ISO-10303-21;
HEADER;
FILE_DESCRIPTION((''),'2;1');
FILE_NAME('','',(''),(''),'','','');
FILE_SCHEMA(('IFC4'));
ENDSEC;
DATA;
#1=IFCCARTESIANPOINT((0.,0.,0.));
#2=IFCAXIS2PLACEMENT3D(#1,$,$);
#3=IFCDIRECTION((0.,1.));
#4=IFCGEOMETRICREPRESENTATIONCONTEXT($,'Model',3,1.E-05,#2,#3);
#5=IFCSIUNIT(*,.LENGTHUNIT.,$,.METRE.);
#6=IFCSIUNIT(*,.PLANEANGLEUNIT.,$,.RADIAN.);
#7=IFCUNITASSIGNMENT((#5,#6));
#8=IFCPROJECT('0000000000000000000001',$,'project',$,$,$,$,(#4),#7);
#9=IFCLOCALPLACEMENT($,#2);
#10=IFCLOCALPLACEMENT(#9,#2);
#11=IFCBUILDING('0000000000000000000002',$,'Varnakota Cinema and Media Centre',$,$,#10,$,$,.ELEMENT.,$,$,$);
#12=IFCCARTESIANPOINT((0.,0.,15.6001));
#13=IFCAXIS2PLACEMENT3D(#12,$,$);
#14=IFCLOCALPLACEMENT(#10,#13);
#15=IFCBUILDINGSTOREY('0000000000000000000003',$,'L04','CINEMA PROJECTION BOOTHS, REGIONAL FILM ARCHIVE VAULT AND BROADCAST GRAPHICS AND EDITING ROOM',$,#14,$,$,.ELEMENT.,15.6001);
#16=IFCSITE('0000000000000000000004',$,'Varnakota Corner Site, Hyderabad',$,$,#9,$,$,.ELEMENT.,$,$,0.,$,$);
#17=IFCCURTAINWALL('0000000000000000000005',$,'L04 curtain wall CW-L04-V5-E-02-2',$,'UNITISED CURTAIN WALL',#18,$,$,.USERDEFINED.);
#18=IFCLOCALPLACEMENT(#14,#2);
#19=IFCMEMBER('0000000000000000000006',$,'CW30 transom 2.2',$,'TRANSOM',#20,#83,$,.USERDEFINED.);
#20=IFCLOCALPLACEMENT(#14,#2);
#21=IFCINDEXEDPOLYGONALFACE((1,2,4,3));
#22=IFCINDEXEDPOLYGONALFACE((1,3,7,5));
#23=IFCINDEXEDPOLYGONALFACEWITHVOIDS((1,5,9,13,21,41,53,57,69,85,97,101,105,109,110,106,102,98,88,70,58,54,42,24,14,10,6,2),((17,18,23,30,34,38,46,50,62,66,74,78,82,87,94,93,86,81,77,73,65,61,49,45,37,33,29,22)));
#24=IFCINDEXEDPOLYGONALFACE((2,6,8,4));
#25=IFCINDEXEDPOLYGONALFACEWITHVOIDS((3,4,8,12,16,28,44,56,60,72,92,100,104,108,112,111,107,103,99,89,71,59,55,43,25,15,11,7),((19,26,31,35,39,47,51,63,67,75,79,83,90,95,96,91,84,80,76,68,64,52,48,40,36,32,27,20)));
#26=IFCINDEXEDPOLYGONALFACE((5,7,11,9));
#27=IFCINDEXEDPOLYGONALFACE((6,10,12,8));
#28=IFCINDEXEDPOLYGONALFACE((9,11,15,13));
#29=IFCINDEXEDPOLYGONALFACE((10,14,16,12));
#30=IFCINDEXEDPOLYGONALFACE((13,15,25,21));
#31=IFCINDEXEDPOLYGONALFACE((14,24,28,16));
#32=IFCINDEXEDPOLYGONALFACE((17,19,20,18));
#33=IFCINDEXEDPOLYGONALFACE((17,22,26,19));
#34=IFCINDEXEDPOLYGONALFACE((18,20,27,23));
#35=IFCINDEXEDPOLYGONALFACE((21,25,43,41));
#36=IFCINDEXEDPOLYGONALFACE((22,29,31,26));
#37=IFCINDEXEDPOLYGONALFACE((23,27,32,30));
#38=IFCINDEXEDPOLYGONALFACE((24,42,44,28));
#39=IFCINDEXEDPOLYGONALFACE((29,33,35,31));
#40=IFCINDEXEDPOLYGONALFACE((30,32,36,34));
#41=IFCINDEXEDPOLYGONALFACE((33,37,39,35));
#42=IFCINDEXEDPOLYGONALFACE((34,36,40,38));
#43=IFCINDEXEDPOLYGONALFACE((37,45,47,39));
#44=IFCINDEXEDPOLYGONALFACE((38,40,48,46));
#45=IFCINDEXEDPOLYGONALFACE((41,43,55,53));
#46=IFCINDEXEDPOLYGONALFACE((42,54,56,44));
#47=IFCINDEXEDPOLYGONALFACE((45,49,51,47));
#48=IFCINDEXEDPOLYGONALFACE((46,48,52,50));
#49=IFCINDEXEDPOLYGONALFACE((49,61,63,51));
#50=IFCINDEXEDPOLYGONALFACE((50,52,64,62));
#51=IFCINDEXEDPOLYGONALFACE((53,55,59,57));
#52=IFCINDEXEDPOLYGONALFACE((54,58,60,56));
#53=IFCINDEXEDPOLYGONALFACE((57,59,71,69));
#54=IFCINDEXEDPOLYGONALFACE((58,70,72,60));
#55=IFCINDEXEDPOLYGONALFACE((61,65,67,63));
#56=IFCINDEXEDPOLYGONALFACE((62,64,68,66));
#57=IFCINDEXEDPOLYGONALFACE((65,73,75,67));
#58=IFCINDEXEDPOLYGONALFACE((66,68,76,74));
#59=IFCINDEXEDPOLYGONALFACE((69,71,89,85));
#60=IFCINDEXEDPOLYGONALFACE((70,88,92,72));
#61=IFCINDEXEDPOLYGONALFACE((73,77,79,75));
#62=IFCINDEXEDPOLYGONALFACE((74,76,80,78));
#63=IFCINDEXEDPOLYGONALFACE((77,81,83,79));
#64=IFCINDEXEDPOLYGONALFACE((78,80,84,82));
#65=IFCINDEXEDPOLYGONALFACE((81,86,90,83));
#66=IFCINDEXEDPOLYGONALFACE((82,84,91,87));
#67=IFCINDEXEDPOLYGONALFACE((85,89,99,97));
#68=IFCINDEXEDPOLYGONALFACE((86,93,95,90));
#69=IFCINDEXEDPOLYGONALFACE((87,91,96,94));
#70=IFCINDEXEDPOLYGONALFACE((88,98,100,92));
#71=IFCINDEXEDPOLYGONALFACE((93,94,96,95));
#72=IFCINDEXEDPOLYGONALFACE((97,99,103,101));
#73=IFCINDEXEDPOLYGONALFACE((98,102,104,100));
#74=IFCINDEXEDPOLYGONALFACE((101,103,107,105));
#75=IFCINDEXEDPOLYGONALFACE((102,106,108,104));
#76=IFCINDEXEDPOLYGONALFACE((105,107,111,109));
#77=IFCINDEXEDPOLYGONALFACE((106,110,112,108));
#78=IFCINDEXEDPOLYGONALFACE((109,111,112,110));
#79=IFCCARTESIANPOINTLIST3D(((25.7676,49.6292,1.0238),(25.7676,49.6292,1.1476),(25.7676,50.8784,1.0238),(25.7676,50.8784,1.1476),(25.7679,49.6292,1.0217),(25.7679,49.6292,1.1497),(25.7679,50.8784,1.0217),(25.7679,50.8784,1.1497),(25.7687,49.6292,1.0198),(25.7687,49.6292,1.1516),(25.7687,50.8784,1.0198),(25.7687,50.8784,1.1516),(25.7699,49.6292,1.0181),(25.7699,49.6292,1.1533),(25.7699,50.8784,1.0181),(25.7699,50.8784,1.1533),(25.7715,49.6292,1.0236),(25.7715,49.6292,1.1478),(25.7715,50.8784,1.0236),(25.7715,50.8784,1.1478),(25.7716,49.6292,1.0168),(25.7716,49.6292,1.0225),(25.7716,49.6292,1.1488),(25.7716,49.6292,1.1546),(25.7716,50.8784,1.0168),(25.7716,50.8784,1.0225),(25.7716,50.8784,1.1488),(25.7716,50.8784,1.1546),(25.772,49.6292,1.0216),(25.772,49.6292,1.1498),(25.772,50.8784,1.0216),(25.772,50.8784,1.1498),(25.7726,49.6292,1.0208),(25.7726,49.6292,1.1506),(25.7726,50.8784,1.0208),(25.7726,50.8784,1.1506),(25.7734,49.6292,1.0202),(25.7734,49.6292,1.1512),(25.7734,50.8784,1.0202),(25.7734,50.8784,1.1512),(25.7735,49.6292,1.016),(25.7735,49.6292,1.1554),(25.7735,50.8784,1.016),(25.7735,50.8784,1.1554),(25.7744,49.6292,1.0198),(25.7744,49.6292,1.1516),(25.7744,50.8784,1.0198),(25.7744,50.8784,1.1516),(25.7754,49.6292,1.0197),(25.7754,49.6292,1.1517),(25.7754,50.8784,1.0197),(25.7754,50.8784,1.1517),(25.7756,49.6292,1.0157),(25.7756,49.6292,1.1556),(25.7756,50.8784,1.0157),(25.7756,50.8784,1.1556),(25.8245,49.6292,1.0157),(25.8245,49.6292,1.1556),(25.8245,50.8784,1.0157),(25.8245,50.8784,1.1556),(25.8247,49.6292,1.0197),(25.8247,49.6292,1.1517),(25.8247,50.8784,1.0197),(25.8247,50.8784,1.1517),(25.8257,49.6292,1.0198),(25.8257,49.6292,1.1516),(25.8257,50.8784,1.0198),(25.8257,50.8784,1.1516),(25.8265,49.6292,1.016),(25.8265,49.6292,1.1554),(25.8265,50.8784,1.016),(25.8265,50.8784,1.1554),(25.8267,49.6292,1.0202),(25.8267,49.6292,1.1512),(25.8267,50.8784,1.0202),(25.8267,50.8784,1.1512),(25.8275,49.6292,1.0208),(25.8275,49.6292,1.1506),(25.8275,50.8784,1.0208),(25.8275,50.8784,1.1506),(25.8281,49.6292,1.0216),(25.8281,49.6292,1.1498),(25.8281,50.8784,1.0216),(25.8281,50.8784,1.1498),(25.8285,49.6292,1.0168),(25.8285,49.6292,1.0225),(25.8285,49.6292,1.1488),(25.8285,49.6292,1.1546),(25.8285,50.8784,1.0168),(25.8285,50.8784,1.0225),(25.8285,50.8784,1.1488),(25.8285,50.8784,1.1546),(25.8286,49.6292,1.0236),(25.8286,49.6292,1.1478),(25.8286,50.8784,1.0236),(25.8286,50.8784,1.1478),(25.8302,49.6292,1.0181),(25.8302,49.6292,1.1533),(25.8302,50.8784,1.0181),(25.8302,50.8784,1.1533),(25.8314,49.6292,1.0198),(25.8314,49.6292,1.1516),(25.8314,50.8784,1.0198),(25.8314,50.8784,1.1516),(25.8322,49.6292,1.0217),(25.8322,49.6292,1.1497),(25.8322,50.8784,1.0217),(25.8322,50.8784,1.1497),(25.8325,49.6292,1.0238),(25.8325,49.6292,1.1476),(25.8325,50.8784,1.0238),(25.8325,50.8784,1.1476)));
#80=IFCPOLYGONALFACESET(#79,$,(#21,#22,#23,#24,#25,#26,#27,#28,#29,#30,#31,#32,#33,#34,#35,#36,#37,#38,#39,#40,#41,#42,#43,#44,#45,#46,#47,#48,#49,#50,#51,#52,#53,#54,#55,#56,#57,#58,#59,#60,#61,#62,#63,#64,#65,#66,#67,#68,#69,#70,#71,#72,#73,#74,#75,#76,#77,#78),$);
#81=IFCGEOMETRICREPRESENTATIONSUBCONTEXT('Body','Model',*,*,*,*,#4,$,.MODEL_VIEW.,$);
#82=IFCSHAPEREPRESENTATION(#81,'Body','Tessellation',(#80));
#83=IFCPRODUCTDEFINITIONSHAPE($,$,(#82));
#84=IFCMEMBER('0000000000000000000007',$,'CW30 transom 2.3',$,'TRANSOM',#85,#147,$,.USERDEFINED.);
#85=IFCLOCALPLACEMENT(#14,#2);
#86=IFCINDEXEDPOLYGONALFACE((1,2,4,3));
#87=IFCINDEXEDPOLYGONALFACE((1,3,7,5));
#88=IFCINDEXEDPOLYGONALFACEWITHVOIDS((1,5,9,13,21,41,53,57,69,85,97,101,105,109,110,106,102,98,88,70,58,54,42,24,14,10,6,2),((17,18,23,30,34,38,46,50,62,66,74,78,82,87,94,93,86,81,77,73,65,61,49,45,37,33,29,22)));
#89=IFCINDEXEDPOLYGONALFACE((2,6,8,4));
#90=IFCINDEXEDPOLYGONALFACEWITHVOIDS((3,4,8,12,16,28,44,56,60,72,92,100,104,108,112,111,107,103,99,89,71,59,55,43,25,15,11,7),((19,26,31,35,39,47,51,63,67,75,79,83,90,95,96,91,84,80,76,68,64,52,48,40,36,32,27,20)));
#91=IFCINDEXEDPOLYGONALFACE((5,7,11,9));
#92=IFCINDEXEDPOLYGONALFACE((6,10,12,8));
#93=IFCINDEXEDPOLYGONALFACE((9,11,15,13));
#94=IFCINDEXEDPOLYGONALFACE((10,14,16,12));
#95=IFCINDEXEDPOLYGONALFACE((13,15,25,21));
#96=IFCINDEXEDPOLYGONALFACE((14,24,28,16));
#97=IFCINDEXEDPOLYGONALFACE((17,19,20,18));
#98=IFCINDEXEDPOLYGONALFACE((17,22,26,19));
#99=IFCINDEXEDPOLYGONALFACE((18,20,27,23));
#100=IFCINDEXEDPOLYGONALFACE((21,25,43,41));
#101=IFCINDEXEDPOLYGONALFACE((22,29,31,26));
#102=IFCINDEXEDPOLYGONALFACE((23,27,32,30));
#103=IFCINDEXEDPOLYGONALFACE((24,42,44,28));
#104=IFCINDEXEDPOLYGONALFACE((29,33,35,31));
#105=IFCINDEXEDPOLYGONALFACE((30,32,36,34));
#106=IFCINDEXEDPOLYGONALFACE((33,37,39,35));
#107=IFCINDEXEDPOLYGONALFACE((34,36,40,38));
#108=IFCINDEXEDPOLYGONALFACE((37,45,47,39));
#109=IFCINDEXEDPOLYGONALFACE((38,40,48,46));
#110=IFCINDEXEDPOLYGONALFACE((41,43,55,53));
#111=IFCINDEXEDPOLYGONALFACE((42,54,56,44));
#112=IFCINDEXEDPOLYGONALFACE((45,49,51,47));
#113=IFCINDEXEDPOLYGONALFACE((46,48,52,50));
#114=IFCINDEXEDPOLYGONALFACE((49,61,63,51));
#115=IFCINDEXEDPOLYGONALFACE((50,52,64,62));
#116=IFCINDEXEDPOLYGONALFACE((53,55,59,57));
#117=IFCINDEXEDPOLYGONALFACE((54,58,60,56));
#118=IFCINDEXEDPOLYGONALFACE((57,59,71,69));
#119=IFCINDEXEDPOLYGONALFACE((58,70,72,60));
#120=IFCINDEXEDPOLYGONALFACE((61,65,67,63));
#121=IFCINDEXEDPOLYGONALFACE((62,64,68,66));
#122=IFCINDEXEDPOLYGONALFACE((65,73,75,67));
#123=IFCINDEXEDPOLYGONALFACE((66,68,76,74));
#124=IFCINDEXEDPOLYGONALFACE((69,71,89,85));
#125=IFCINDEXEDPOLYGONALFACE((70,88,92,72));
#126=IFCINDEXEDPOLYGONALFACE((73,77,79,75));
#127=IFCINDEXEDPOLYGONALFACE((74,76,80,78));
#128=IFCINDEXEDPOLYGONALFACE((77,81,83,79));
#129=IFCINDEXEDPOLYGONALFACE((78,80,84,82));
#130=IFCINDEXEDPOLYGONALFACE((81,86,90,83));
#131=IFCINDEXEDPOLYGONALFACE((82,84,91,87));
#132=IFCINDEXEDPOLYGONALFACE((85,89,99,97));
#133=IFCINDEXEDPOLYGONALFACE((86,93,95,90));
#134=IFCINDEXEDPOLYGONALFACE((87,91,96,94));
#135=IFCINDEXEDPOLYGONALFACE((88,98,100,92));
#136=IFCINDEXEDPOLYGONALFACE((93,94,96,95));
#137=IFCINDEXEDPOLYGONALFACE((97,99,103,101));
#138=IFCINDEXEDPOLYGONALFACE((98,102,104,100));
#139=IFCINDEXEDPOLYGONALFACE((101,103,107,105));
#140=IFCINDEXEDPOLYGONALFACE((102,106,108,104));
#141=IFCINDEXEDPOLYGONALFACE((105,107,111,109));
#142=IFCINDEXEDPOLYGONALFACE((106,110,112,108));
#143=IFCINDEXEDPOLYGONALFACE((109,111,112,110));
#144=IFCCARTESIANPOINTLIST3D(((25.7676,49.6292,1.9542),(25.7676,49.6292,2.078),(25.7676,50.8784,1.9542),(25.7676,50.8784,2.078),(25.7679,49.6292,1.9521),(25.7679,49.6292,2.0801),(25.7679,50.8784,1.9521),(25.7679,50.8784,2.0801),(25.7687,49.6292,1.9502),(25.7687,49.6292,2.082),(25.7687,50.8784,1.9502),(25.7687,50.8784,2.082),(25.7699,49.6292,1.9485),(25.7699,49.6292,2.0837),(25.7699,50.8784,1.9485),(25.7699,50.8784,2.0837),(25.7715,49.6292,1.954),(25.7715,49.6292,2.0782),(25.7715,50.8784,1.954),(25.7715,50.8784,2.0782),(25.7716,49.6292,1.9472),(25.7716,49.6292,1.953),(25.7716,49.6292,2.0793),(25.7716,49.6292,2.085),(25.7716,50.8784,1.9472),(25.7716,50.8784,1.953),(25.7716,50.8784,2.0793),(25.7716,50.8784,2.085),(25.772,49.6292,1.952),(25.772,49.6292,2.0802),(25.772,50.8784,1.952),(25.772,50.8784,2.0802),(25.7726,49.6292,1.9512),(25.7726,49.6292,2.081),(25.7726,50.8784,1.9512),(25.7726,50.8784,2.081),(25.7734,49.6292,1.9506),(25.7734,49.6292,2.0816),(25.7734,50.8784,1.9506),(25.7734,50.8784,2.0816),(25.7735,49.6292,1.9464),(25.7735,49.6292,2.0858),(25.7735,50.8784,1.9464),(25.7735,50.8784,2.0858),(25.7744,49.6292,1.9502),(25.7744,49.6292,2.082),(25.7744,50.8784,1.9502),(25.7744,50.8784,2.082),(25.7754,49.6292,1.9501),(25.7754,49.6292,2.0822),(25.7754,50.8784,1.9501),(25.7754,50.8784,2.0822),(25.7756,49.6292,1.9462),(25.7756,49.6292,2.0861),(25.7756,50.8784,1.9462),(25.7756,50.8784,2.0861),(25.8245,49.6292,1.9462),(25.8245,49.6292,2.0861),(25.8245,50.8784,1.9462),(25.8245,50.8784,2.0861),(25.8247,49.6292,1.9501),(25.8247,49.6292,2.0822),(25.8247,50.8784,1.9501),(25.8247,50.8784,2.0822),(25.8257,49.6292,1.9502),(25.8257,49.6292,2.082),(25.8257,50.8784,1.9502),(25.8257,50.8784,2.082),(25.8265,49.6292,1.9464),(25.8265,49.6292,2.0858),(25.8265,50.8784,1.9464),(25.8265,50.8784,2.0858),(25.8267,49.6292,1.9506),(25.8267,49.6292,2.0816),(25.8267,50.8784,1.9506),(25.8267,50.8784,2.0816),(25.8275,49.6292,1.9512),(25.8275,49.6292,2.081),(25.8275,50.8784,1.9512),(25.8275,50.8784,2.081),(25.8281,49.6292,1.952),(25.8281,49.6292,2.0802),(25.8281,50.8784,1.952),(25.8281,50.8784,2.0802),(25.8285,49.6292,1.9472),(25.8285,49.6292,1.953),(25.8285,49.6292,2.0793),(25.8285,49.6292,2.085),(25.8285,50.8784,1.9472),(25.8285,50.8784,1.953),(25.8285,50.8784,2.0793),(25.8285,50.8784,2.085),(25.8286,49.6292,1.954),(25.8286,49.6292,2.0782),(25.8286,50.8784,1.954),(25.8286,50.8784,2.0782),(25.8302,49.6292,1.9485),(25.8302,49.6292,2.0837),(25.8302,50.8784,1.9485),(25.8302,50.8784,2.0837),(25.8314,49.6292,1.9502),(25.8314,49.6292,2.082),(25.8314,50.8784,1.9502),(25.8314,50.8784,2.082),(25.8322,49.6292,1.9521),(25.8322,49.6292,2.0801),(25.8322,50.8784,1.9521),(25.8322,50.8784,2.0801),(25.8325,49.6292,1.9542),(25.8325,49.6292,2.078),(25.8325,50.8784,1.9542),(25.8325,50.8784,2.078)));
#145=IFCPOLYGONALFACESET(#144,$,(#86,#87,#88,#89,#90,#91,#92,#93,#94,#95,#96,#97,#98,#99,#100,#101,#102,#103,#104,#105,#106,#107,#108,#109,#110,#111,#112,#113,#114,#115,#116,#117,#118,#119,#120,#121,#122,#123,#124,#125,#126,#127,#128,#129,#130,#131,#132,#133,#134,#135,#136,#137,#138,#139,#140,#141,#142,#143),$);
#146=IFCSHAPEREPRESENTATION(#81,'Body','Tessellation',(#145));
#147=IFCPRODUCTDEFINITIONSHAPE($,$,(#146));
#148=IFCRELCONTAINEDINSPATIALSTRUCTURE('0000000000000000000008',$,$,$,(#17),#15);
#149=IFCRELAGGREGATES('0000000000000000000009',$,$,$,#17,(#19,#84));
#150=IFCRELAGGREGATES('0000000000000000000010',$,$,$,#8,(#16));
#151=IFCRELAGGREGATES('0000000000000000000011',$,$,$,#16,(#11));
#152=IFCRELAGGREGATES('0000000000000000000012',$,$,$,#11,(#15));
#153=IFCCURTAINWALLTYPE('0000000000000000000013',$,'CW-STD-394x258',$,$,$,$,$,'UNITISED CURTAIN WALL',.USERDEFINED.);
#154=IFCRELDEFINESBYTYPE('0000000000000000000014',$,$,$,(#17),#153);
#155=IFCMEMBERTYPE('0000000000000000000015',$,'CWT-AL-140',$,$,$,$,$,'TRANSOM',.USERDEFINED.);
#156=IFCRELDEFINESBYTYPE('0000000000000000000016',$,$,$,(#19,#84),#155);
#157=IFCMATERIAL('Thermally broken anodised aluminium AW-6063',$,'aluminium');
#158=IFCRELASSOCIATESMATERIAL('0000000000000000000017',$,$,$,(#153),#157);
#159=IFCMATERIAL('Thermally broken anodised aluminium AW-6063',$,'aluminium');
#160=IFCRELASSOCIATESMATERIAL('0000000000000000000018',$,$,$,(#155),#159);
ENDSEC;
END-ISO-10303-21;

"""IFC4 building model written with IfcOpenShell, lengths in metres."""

from ifc_helpers import new_model, si_unit, direction, frame, origin, origin_2d, place, context, subcontext, project, spatial, hollow_rectangle, extrude, material, material_profile, profile_set, type_object, element, aggregate, save


model = new_model("IFC4")

# Units and contexts
model_context = context("Model", 3, precision=1e-05, world=origin(), true_north=direction((0.0, 1.0)))
body_context = subcontext(model_context, "Body", "Model", "MODEL_VIEW")
ifc_project = project(units=[si_unit("LENGTHUNIT", "METRE"), si_unit("PLANEANGLEUNIT", "RADIAN")], contexts=[model_context])

# Site, building, storey
site_placement = place(None, origin())
site = spatial("IfcSite", under=ifc_project, at=site_placement, Name="Varnakota Corner Site, Hyderabad", CompositionType="ELEMENT", RefElevation=0.0)
building_placement = place(site_placement, origin())
building = spatial("IfcBuilding", under=site, at=building_placement, Name="Varnakota Cinema and Media Centre", CompositionType="ELEMENT")
storey_placement = place(building_placement, frame((0.0, 0.0, 15.6001)))
storey = spatial("IfcBuildingStorey", under=building, at=storey_placement, Name="L04", Description="CINEMA PROJECTION BOOTHS, REGIONAL FILM ARCHIVE VAULT AND BROADCAST GRAPHICS AND EDITING ROOM", CompositionType="ELEMENT", Elevation=15.6001)

# Curtain wall
ifc_material_1 = material(Name="Thermally broken anodised aluminium AW-6063", Category="aluminium")
curtain_wall_type_1 = type_object("IfcCurtainWallType", Name="CW-STD-394x258", ElementType="UNITISED CURTAIN WALL", PredefinedType="USERDEFINED", material=ifc_material_1)
curtain_wall_1_placement = place(storey_placement, origin())
curtain_wall_1 = element("IfcCurtainWall", 1, at=curtain_wall_1_placement, inside=storey, type_object=curtain_wall_type_1, Name="L04 curtain wall CW-L04-V5-E-02-2", ObjectType="UNITISED CURTAIN WALL", PredefinedType="USERDEFINED")

# Members
ifc_material_2 = material(Name="Thermally broken anodised aluminium AW-6063", Category="aluminium")
ifc_material_profile_1 = material_profile(ifc_material_2, hollow_rectangle(XDim=0.0649, YDim=0.1399, WallThickness=0.0039, InnerFilletRadius=0.0039, OuterFilletRadius=0.0081, at=origin_2d()), Name="AL-TRANSOM 140x65x4")
ifc_profile_set_1 = profile_set([ifc_material_profile_1], Name="Thermally broken anodised aluminium AW-6063")
member_type_1 = type_object("IfcMemberType", Name="CWT-AL-140", ElementType="TRANSOM", PredefinedType="USERDEFINED", material=ifc_profile_set_1)
member_1_placement = place(storey_placement, frame((25.8, 49.6292, 1.0857), z_axis=(0.0, 1.0, 0.0), x_axis=(-1.0, 0.0, 0.0)))
member_1 = element("IfcMember", 2, at=member_1_placement, type_object=member_type_1, Name="CW30 transom 2.2", ObjectType="TRANSOM", PredefinedType="USERDEFINED", context=body_context, shape_type="SweptSolid", body=[
    extrude(hollow_rectangle(XDim=0.0649, YDim=0.1399, WallThickness=0.0039, InnerFilletRadius=0.0039, OuterFilletRadius=0.0081, at=origin_2d()), origin(), (0.0, 0.0, 1.0), 1.2493),
])
member_2_placement = place(storey_placement, frame((25.8, 49.6292, 2.0161), z_axis=(0.0, 1.0, 0.0), x_axis=(-1.0, 0.0, 0.0)))
member_2 = element("IfcMember", 3, at=member_2_placement, type_object=member_type_1, Name="CW30 transom 2.3", ObjectType="TRANSOM", PredefinedType="USERDEFINED", context=body_context, shape_type="SweptSolid", body=[
    extrude(hollow_rectangle(XDim=0.0649, YDim=0.1399, WallThickness=0.0039, InnerFilletRadius=0.0039, OuterFilletRadius=0.0081, at=origin_2d()), origin(), (0.0, 0.0, 1.0), 1.2493),
])

aggregate(curtain_wall_1, [member_1, member_2])

save(model, "model.ifc")
